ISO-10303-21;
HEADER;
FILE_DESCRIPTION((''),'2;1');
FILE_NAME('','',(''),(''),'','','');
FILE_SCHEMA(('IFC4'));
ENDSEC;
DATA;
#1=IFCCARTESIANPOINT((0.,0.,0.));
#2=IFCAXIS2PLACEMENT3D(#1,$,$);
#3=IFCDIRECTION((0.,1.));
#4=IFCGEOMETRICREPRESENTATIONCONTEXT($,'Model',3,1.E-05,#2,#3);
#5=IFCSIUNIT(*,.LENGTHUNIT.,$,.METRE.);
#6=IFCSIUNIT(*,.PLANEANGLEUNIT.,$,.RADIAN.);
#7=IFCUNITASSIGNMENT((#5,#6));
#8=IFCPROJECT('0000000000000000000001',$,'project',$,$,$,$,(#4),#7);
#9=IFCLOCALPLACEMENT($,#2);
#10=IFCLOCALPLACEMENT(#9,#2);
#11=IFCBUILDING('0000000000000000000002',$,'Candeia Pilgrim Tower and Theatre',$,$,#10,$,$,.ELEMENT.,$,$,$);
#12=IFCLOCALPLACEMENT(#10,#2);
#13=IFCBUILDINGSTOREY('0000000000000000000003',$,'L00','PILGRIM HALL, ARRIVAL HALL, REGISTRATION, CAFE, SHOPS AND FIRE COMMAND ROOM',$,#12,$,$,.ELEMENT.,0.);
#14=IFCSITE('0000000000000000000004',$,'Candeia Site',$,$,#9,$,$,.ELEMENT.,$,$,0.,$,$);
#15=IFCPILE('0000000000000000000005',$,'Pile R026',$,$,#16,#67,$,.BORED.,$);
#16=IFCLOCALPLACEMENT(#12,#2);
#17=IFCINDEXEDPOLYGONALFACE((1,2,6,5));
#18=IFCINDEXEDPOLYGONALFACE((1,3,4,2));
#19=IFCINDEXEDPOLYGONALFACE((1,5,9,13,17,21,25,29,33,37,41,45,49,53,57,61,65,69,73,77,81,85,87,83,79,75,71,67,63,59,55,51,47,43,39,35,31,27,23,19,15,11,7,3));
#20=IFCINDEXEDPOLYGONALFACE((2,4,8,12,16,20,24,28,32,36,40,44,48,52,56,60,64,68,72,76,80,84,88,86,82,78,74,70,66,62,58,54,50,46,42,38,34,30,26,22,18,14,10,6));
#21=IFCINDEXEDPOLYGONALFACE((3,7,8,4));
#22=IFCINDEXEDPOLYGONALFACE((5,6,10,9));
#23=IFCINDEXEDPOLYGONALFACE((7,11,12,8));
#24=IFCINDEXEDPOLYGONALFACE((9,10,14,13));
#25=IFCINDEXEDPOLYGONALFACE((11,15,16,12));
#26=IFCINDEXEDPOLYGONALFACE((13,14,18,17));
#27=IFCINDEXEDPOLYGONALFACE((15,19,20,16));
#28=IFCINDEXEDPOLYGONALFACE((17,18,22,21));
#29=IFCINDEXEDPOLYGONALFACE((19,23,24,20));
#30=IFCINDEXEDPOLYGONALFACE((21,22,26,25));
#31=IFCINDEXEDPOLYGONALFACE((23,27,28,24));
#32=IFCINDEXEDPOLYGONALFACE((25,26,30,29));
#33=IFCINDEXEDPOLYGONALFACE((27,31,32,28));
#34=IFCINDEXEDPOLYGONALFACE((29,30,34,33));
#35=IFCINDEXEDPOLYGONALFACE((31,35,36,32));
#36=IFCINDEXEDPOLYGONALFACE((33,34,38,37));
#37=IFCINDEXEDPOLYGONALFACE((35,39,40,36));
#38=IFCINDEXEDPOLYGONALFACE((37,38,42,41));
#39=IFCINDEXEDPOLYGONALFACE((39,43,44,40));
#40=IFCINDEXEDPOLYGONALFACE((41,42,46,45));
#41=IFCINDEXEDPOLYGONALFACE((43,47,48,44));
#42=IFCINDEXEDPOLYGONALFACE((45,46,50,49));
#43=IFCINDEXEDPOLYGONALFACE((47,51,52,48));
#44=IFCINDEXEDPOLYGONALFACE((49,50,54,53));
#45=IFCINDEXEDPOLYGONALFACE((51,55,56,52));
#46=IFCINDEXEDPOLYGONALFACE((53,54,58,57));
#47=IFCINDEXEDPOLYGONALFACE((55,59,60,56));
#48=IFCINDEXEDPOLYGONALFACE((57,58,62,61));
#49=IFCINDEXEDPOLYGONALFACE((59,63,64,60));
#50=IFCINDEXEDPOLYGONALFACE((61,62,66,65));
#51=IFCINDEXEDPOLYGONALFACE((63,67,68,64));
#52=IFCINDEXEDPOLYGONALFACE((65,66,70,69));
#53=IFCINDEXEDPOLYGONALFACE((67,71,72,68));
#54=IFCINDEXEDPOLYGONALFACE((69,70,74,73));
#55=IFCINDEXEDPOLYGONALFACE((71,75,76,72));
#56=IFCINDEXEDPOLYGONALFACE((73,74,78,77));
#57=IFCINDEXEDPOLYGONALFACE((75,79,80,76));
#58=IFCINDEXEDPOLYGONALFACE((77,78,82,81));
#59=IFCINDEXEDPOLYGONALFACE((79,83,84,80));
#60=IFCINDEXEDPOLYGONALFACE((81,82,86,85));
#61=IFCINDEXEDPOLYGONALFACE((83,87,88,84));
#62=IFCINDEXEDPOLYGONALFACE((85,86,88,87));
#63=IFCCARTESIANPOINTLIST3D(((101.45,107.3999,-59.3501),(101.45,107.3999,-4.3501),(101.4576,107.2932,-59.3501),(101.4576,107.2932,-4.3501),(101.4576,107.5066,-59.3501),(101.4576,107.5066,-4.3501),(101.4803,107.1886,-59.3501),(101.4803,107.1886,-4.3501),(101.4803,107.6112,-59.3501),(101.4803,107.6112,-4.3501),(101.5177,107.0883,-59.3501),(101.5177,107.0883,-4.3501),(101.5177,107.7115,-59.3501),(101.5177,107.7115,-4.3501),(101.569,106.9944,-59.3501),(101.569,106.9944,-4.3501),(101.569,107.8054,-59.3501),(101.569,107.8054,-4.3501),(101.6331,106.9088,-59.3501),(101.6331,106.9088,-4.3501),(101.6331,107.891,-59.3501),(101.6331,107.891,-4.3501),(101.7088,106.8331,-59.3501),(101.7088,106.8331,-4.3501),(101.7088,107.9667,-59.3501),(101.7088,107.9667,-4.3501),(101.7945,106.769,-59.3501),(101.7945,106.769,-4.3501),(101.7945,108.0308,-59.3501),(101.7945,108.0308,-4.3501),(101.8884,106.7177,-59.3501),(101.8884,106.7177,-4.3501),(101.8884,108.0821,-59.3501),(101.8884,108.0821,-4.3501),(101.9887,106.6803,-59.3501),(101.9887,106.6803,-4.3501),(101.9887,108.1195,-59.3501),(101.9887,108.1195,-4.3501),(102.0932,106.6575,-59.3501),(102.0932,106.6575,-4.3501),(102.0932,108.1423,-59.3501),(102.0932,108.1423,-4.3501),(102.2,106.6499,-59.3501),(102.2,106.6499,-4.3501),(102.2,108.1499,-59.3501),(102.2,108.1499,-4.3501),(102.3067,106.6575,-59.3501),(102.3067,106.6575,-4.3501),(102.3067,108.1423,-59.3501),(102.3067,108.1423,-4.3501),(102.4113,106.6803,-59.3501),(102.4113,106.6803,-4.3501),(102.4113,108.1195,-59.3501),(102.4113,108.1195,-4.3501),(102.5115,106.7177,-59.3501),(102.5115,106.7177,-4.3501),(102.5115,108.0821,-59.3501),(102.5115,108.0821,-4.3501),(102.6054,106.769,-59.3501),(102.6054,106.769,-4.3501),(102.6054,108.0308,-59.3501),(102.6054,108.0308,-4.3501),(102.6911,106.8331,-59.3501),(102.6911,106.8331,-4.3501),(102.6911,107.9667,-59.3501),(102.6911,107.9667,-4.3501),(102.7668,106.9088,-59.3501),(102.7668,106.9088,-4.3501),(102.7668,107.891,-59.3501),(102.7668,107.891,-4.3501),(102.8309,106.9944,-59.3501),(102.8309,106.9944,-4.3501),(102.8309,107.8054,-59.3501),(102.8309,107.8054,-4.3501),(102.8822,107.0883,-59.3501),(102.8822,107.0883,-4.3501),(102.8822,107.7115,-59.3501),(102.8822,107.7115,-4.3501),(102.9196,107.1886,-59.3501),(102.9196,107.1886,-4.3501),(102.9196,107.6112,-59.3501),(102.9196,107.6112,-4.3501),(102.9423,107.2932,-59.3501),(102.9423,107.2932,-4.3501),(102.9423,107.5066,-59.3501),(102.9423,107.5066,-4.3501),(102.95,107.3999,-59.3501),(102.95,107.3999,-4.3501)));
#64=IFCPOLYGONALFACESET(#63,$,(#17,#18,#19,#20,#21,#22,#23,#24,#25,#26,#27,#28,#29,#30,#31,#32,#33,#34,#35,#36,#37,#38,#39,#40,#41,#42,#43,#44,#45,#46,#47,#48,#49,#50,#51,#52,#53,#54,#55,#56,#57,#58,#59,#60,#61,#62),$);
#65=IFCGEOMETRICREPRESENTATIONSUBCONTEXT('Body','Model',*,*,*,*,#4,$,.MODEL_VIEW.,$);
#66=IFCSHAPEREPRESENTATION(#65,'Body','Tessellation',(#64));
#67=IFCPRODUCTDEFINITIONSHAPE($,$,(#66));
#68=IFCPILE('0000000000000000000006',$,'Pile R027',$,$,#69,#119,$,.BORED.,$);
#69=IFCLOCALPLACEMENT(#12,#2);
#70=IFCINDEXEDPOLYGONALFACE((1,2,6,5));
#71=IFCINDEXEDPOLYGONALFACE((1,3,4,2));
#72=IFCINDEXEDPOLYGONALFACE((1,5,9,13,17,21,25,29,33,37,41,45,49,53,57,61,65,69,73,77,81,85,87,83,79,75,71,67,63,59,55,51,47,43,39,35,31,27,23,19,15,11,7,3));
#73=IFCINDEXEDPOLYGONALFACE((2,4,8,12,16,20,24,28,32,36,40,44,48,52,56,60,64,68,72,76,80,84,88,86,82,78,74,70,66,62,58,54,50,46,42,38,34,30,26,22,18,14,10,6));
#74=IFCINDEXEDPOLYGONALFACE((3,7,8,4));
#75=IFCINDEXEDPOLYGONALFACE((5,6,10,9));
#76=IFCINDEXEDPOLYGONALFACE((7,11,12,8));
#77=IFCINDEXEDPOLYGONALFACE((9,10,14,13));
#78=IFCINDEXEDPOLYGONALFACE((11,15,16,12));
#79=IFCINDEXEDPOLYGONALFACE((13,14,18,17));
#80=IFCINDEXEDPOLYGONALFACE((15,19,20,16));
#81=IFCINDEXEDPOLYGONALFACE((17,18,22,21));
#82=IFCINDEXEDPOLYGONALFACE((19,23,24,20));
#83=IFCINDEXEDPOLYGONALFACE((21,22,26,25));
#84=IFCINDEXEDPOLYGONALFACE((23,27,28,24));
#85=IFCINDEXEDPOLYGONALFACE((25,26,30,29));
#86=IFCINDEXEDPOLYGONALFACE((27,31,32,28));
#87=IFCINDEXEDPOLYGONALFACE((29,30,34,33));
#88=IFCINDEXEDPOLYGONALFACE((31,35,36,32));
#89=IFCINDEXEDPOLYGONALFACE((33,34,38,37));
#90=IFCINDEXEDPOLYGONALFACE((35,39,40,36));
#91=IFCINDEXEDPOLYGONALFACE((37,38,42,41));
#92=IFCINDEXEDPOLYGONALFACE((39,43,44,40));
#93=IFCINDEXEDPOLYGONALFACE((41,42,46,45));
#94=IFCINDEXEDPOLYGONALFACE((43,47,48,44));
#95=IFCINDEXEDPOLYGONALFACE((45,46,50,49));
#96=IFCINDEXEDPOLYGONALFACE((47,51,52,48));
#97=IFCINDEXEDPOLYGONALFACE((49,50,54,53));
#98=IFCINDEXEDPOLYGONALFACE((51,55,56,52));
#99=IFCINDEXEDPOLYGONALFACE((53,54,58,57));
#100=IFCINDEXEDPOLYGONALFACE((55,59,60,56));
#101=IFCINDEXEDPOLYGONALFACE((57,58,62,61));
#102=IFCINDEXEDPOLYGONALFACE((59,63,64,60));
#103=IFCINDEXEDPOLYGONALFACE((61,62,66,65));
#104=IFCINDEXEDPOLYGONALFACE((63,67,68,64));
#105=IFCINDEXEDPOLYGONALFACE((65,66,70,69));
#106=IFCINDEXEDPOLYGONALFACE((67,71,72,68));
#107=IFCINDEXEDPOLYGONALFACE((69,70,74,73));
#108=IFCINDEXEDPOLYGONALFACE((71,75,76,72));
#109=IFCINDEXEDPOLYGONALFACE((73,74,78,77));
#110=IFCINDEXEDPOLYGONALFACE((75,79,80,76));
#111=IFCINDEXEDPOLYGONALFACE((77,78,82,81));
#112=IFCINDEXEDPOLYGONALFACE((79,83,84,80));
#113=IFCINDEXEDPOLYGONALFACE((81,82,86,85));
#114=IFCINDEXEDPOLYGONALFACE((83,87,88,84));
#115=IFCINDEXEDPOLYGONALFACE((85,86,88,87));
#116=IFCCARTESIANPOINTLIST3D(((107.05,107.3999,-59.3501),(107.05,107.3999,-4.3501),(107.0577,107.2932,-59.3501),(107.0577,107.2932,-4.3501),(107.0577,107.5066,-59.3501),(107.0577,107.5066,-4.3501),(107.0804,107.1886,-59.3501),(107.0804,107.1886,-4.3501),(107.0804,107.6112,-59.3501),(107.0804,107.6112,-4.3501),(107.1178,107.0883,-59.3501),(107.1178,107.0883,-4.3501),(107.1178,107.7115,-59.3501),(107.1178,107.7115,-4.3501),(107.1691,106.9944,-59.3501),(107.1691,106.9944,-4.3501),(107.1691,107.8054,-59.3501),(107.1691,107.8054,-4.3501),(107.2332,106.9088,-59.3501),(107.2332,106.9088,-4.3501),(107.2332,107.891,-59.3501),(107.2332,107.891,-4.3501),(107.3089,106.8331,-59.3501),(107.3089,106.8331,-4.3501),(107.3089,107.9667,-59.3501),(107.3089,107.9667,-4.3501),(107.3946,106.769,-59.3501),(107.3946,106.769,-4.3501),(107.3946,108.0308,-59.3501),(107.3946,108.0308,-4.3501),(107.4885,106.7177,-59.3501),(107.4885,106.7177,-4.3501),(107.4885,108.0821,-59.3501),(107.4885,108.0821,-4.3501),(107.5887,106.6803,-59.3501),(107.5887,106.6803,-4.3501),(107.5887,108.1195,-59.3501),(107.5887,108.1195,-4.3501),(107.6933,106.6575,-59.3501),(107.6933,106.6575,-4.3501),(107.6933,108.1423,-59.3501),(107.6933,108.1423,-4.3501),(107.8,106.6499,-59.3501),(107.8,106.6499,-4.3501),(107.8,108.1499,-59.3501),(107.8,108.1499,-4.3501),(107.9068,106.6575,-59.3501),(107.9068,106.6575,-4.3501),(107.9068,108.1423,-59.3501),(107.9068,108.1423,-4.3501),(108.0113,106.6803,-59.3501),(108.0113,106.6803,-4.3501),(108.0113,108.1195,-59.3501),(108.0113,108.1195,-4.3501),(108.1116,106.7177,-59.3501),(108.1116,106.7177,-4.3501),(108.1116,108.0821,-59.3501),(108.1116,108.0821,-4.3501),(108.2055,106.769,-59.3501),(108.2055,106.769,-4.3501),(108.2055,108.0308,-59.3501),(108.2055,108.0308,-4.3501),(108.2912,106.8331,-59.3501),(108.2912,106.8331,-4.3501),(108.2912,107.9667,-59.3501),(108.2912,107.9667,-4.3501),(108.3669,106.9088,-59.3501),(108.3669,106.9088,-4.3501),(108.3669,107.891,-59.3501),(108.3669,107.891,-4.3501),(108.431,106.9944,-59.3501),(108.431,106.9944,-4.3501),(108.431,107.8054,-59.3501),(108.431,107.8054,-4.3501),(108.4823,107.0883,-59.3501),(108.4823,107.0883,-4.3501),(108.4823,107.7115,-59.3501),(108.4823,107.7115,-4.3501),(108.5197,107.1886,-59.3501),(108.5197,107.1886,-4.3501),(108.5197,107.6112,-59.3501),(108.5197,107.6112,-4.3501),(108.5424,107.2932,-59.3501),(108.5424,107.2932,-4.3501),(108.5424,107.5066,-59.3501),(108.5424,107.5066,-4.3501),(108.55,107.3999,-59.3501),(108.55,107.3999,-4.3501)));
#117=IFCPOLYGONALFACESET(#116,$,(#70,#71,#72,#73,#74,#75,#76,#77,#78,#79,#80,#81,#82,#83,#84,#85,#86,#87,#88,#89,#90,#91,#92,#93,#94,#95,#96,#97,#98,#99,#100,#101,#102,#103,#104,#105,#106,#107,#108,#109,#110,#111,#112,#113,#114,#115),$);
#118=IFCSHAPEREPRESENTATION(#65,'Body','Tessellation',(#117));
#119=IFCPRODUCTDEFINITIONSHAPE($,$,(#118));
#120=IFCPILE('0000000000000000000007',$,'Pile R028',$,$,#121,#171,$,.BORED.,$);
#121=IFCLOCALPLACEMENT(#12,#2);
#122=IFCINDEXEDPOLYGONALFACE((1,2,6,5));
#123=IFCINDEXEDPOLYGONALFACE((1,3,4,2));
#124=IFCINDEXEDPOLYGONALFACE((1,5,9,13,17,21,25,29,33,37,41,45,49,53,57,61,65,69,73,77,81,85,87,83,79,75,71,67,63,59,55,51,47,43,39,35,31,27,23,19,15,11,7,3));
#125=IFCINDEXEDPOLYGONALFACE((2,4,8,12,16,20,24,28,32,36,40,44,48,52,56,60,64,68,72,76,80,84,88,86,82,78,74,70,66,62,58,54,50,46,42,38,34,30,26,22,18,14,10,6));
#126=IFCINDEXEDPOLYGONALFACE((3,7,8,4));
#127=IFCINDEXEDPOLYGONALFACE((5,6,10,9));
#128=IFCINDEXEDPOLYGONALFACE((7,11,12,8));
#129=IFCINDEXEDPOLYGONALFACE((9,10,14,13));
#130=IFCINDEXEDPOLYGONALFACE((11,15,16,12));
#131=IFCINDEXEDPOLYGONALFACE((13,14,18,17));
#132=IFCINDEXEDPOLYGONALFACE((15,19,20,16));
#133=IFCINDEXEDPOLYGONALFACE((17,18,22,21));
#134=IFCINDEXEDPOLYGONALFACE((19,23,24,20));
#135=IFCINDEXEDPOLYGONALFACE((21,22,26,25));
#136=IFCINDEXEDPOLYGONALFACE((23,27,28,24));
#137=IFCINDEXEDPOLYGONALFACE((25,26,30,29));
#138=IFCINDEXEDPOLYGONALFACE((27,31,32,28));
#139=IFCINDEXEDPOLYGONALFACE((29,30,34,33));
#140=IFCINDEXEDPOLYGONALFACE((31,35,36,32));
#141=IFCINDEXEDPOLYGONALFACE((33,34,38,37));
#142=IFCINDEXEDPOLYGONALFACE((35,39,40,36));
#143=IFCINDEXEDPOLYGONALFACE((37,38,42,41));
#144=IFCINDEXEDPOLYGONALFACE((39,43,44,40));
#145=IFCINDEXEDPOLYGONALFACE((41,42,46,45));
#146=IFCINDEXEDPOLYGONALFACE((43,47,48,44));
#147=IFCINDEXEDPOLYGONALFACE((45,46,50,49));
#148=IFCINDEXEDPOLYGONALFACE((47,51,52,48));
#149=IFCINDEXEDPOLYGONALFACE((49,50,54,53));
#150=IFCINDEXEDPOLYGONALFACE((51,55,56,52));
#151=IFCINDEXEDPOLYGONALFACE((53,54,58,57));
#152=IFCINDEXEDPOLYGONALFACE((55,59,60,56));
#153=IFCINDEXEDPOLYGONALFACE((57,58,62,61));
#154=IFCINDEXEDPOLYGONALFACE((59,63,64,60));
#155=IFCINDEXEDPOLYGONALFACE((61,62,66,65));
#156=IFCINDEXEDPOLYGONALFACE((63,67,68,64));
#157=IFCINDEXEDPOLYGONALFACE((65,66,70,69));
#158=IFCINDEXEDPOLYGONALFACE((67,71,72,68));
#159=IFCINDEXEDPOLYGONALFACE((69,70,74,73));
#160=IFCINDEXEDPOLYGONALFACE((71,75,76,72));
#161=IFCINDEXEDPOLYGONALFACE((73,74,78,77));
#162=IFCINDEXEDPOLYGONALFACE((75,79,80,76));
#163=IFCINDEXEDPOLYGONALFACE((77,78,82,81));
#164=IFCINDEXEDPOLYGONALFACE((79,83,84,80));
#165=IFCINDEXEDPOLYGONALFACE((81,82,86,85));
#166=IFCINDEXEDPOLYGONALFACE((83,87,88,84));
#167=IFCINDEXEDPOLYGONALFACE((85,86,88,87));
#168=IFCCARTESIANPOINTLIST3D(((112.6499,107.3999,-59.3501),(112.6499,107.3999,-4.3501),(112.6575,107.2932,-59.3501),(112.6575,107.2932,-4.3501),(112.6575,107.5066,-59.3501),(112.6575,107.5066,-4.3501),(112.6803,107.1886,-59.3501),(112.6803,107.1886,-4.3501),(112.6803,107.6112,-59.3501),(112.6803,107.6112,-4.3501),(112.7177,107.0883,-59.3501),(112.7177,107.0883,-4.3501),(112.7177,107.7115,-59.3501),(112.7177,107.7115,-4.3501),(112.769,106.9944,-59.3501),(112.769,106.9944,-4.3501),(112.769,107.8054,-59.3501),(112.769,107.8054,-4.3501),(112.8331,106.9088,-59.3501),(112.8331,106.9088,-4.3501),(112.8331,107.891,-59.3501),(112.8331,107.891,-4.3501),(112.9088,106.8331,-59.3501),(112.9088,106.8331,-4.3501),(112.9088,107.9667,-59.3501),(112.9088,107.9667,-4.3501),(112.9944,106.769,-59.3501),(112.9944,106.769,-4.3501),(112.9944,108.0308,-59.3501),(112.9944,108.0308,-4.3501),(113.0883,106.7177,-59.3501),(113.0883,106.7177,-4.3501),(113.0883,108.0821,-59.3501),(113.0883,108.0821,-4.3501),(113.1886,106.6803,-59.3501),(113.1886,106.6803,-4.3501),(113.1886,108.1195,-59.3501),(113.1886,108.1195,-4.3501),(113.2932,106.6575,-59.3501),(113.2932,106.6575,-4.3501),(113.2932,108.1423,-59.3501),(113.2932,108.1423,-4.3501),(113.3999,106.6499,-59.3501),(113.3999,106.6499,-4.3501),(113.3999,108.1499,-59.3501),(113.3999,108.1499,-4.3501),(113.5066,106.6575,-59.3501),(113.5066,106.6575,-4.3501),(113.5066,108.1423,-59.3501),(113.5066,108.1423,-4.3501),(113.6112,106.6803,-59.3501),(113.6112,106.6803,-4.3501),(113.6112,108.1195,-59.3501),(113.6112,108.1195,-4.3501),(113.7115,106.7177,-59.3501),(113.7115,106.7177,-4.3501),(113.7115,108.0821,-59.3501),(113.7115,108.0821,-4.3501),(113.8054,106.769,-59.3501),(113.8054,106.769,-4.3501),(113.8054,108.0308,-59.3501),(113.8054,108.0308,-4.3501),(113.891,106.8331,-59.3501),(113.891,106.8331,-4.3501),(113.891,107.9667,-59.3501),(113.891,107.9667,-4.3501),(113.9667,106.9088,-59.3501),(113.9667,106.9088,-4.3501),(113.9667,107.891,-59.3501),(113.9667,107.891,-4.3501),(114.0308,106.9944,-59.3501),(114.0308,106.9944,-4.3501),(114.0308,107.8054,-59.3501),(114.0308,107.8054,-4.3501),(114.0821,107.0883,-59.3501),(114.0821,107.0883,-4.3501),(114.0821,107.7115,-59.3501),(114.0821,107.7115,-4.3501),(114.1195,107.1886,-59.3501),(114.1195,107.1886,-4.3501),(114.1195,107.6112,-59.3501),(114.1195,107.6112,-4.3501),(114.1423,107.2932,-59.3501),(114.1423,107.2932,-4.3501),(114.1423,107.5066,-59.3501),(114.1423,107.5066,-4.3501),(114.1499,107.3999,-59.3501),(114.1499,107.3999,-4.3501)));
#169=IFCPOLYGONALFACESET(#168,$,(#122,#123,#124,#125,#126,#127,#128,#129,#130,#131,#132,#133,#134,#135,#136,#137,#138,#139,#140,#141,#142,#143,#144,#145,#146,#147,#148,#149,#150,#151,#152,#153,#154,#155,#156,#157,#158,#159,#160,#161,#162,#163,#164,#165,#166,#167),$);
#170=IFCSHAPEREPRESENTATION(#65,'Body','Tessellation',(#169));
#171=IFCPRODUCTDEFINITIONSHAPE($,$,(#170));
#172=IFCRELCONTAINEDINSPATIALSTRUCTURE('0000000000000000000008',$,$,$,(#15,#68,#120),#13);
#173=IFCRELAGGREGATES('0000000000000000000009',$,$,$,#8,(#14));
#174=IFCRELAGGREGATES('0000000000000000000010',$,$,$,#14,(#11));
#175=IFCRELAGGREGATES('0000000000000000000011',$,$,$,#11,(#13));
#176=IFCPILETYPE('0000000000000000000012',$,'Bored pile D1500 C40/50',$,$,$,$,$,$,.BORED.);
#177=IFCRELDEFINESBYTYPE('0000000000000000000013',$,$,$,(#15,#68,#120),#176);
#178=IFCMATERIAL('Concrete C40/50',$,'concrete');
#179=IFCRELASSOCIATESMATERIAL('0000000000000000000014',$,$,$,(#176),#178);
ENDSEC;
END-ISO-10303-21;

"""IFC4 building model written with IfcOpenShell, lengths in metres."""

from ifc_helpers import new_model, si_unit, direction, frame, origin, origin_2d, place, context, subcontext, project, spatial, circle, extrude, material, material_profile, profile_set, type_object, element, save


model = new_model("IFC4")

# Units and contexts
model_context = context("Model", 3, precision=1e-05, world=origin(), true_north=direction((0.0, 1.0)))
body_context = subcontext(model_context, "Body", "Model", "MODEL_VIEW")
ifc_project = project(units=[si_unit("LENGTHUNIT", "METRE"), si_unit("PLANEANGLEUNIT", "RADIAN")], contexts=[model_context])

# Site, building, storey
site_placement = place(None, origin())
site = spatial("IfcSite", under=ifc_project, at=site_placement, Name="Candeia Site", CompositionType="ELEMENT", RefElevation=0.0)
building_placement = place(site_placement, origin())
building = spatial("IfcBuilding", under=site, at=building_placement, Name="Candeia Pilgrim Tower and Theatre", CompositionType="ELEMENT")
storey_placement = place(building_placement, origin())
storey = spatial("IfcBuildingStorey", under=building, at=storey_placement, Name="L00", Description="PILGRIM HALL, ARRIVAL HALL, REGISTRATION, CAFE, SHOPS AND FIRE COMMAND ROOM", CompositionType="ELEMENT", Elevation=0.0)

# Piles
ifc_material_1 = material(Name="Concrete C40/50", Category="concrete")
ifc_material_profile_1 = material_profile(ifc_material_1, circle(Radius=0.75, at=origin_2d()))
ifc_profile_set_1 = profile_set([ifc_material_profile_1], Name="Concrete C40/50")
pile_type = type_object("IfcPileType", Name="Bored pile D1500 C40/50", PredefinedType="BORED", material=ifc_profile_set_1)
for number, where, z_axis, x_axis, name in (
    (1, (102.2, 107.3999, -4.3501), (0.0, 0.0, -1.0), (1.0, 0.0, 0.0), "Pile R026"),
    (2, (107.8, 107.3999, -4.3501), (0.0, 0.0, -1.0), (1.0, 0.0, 0.0), "Pile R027"),
    (3, (113.3999, 107.3999, -4.3501), (0.0, 0.0, -1.0), (1.0, 0.0, 0.0), "Pile R028"),
):
    element("IfcPile", number, at=place(storey_placement, frame(where, z_axis=z_axis, x_axis=x_axis)), inside=storey, type_object=pile_type, Name=name, PredefinedType="BORED", context=body_context, shape_type="SweptSolid", body=[
        extrude(circle(Radius=0.75, at=origin_2d()), origin(), (0.0, 0.0, 1.0), 55.0),
    ])

save(model, "model.ifc")
